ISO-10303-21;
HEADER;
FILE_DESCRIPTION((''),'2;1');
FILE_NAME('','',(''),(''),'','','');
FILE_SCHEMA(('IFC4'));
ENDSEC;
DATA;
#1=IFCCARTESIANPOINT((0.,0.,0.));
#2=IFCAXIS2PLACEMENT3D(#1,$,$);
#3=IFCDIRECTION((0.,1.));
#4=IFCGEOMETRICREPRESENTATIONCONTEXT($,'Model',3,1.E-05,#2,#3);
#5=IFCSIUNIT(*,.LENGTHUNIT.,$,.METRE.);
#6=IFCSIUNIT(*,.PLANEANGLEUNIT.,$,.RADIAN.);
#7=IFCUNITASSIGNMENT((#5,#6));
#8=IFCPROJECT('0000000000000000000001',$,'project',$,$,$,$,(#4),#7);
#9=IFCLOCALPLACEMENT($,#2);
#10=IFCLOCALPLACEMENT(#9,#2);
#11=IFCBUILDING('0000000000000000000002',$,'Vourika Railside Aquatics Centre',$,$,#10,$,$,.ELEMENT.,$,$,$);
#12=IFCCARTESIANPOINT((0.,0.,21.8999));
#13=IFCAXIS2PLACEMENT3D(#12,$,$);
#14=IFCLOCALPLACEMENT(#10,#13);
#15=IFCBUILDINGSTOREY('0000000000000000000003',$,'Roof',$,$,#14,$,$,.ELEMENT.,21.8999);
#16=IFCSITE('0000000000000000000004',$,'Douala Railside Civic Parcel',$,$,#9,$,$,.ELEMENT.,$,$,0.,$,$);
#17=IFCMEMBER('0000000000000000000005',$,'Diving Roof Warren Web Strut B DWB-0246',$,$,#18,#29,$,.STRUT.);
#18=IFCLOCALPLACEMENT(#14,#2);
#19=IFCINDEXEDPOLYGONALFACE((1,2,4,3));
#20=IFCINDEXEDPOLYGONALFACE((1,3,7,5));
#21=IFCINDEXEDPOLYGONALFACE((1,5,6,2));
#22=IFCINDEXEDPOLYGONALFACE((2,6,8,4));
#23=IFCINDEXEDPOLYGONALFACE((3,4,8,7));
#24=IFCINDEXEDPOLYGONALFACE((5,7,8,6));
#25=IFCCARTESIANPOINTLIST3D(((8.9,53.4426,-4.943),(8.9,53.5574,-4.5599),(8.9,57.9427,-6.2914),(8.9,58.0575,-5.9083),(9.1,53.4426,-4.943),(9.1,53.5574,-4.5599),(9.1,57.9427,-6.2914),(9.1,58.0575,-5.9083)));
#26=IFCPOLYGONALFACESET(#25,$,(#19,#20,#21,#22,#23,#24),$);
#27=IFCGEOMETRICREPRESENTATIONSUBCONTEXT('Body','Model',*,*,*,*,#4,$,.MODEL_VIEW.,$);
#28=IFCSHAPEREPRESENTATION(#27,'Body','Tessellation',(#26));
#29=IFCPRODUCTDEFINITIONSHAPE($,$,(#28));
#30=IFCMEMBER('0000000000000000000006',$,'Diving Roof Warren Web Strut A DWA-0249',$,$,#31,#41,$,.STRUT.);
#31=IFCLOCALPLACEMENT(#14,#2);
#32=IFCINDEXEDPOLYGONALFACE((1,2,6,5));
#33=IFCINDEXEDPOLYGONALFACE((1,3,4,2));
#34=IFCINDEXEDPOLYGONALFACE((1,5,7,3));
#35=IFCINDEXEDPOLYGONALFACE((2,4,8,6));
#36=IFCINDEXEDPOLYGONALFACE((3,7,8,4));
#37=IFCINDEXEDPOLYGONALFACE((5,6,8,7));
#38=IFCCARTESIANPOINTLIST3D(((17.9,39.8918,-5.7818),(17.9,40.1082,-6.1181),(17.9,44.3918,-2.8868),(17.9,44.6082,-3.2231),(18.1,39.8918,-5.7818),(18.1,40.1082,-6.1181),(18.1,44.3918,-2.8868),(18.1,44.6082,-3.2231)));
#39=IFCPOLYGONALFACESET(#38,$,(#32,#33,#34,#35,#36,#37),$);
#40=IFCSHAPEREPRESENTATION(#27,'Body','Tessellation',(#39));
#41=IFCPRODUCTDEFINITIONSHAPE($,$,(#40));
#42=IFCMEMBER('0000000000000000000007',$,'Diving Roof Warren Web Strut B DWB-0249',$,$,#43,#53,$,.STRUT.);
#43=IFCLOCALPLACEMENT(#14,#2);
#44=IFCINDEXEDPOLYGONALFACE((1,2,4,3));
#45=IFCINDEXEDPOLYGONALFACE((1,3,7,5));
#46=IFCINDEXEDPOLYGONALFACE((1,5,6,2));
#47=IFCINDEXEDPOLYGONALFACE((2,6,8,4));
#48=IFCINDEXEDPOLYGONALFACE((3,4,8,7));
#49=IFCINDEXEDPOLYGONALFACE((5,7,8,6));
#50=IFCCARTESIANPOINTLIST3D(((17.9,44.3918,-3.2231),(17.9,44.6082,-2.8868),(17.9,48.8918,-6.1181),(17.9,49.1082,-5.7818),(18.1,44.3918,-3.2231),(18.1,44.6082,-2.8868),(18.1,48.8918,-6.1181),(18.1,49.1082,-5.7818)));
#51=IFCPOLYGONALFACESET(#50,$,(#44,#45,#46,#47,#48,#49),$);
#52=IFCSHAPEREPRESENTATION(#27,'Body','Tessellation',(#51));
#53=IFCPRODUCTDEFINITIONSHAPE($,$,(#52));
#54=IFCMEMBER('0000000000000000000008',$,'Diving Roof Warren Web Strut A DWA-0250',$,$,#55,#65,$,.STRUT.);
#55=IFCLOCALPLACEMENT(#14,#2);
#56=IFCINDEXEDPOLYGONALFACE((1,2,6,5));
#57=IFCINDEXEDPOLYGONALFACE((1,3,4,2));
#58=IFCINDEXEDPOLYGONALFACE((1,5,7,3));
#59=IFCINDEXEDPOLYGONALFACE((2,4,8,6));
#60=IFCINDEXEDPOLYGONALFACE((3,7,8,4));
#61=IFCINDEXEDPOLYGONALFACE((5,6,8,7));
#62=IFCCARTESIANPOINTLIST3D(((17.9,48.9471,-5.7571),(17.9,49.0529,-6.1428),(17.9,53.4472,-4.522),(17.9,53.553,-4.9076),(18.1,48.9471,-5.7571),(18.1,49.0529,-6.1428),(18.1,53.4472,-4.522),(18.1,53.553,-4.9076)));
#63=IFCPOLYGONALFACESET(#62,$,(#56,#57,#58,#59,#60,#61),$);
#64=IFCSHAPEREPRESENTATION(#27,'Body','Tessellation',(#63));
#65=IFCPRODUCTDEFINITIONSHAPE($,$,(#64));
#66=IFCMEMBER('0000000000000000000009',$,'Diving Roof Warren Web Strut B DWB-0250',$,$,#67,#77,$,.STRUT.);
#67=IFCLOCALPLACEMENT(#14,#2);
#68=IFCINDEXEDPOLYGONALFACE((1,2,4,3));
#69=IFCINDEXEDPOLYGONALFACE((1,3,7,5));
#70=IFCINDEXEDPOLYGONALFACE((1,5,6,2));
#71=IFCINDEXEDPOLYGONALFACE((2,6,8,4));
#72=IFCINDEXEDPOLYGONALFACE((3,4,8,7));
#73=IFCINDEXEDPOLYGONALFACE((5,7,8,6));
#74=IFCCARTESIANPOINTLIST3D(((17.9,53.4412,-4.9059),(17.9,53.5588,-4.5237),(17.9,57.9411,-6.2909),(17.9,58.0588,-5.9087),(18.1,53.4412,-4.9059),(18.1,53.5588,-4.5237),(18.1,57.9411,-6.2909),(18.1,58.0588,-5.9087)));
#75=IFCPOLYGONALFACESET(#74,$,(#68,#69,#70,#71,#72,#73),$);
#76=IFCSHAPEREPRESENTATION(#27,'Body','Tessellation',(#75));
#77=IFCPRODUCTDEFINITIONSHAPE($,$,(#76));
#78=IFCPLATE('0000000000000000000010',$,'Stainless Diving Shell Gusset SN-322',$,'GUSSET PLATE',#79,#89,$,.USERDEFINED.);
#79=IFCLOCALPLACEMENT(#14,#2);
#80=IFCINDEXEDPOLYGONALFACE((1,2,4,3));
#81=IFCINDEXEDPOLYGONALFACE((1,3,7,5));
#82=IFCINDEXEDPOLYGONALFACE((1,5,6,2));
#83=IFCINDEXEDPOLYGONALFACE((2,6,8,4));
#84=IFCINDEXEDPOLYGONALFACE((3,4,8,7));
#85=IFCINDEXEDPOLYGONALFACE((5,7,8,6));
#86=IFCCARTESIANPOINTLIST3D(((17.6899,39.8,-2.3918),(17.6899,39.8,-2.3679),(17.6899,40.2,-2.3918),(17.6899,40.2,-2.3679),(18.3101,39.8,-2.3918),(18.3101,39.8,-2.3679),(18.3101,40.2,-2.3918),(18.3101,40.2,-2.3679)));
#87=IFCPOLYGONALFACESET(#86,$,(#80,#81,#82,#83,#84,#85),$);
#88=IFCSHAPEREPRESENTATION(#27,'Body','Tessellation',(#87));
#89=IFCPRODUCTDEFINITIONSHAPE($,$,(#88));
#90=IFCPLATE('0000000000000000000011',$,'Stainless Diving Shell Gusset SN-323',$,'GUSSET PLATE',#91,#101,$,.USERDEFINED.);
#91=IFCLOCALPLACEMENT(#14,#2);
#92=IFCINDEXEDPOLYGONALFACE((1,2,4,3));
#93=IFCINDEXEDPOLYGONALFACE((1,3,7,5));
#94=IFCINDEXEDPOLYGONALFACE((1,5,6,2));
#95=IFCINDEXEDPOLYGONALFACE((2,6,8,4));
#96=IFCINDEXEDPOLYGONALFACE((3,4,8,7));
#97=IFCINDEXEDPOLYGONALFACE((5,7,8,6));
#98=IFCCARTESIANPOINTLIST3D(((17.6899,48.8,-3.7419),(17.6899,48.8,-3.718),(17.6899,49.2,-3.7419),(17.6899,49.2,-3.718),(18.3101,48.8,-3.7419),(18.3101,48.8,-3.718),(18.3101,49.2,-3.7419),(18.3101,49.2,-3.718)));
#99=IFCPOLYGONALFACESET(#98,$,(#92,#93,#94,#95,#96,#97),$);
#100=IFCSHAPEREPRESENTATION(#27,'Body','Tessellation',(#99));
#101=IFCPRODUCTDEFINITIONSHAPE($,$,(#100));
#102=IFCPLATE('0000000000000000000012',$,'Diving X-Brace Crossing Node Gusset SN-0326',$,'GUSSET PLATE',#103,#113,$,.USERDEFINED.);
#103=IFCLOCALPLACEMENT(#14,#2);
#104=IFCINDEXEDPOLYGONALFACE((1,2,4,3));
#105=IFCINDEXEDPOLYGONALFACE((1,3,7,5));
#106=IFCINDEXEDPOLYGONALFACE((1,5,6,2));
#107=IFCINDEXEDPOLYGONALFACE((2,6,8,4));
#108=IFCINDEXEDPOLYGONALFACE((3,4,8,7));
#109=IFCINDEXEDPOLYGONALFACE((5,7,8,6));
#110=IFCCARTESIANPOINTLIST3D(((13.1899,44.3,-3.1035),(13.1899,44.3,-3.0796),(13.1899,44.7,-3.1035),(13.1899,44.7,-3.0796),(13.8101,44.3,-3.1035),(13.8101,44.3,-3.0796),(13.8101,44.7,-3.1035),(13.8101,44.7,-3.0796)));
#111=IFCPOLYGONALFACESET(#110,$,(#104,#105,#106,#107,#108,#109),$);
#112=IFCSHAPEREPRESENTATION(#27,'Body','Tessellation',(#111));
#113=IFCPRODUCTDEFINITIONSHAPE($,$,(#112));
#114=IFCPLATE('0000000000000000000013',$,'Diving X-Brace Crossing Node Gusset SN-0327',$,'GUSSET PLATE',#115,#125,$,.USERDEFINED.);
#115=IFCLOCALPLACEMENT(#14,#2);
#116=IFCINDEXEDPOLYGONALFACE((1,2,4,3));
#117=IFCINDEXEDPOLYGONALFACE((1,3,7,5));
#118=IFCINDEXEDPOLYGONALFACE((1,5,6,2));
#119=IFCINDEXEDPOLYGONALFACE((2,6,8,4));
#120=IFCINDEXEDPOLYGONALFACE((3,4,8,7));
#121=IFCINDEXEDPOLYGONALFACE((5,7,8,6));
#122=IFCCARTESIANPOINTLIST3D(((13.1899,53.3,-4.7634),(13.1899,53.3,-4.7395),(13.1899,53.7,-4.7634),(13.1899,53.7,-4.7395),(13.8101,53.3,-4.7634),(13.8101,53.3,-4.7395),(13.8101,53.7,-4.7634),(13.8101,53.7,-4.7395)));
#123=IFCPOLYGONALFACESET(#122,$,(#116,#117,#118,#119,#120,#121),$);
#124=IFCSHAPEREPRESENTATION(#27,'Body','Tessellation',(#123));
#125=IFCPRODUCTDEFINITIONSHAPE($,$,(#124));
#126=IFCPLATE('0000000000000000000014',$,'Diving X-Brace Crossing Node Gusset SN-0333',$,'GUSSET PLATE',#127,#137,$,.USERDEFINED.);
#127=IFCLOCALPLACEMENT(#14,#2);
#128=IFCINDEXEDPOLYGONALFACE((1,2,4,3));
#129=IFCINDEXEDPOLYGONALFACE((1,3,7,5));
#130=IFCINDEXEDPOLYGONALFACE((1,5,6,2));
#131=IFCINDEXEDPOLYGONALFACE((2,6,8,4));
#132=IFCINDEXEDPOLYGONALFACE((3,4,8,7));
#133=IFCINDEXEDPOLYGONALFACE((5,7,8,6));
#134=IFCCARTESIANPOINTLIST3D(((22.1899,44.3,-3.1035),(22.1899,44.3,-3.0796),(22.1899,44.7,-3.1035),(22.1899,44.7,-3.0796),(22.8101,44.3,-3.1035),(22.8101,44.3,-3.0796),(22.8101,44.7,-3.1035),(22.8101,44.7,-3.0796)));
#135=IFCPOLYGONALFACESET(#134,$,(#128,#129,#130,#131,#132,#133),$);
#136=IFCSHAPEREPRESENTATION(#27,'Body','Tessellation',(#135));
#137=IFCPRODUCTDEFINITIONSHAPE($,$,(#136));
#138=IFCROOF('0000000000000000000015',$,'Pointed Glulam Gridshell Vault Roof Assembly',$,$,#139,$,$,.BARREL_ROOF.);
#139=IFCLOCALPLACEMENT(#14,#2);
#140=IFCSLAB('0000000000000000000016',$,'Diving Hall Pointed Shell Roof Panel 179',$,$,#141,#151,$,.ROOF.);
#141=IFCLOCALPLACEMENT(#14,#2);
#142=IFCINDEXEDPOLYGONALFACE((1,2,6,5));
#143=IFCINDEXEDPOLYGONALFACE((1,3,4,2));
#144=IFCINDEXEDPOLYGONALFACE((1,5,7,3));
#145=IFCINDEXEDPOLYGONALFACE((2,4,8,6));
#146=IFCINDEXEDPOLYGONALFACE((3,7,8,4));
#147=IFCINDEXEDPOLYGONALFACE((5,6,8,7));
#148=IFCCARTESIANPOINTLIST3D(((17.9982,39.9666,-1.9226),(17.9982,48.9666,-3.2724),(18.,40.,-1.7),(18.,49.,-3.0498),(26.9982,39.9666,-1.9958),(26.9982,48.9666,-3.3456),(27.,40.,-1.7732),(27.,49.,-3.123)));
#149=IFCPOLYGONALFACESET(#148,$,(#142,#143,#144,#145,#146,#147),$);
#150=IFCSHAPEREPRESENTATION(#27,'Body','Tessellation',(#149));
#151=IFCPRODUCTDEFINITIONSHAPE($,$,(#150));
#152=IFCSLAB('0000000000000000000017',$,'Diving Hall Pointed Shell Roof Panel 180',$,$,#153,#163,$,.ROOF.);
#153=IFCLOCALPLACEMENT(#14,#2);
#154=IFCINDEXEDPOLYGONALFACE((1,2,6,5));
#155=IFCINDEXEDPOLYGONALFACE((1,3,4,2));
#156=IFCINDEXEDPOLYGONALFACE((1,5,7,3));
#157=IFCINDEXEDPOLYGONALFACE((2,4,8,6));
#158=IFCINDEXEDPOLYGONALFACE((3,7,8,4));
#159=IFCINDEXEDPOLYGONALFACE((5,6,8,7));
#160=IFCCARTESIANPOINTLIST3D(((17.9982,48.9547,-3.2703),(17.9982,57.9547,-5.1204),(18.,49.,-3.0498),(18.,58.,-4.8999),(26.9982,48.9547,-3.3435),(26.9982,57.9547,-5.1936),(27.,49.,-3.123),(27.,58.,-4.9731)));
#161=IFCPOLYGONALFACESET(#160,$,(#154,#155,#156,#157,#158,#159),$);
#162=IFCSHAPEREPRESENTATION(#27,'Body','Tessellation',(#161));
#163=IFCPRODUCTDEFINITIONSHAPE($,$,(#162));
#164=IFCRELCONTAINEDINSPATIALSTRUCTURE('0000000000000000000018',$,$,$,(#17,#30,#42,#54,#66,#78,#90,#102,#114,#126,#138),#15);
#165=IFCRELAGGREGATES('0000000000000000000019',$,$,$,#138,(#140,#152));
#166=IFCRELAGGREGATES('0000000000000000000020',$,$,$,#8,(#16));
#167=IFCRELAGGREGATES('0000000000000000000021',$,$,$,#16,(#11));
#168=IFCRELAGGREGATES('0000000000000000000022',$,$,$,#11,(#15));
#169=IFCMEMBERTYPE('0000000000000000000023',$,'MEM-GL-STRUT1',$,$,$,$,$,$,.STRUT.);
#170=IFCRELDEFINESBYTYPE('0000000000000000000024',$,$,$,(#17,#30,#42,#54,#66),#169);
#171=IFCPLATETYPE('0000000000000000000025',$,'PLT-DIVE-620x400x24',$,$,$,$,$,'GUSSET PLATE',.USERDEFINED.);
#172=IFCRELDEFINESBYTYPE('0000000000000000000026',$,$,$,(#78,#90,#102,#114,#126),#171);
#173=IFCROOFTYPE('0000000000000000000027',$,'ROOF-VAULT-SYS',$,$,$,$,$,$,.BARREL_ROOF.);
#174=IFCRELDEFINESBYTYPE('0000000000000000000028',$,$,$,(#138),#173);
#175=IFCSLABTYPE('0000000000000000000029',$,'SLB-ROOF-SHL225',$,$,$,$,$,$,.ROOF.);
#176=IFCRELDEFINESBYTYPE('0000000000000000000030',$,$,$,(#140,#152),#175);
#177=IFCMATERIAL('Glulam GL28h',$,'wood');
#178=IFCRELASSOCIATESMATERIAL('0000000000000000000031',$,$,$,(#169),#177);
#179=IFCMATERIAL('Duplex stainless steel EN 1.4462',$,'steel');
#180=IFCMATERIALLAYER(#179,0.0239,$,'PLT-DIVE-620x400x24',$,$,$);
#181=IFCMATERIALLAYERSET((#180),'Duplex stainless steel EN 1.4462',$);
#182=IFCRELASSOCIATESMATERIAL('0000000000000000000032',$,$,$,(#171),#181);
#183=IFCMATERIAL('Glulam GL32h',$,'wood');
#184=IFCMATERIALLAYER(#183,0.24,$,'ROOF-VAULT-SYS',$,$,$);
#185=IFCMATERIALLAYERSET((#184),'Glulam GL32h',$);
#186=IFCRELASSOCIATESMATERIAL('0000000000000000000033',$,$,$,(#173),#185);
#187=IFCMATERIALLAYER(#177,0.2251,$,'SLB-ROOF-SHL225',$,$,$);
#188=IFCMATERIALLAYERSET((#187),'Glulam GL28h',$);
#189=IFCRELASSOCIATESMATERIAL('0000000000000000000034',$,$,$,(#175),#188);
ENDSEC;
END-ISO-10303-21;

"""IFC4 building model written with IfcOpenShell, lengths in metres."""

from ifc_helpers import new_model, si_unit, direction, frame, origin, origin_2d, place, context, subcontext, project, spatial, polyline, rectangle, outline, extrude, material, layer, layer_set, material_profile, profile_set, type_object, element, aggregate, save


model = new_model("IFC4")

# Units and contexts
model_context = context("Model", 3, precision=1e-05, world=origin(), true_north=direction((0.0, 1.0)))
body_context = subcontext(model_context, "Body", "Model", "MODEL_VIEW")
ifc_project = project(units=[si_unit("LENGTHUNIT", "METRE"), si_unit("PLANEANGLEUNIT", "RADIAN")], contexts=[model_context])

# Site, building, storey
site_placement = place(None, origin())
site = spatial("IfcSite", under=ifc_project, at=site_placement, Name="Douala Railside Civic Parcel", CompositionType="ELEMENT", RefElevation=0.0)
building_placement = place(site_placement, origin())
building = spatial("IfcBuilding", under=site, at=building_placement, Name="Vourika Railside Aquatics Centre", CompositionType="ELEMENT")
storey_placement = place(building_placement, frame((0.0, 0.0, 21.8999)))
storey = spatial("IfcBuildingStorey", under=building, at=storey_placement, Name="Roof", CompositionType="ELEMENT", Elevation=21.8999)

# Shared definitions
ifc_material_1 = material(Name="Glulam GL32h", Category="wood")

# Members
ifc_material_2 = material(Name="Glulam GL28h", Category="wood")
ifc_material_profile_1 = material_profile(ifc_material_2, rectangle(XDim=0.2, YDim=0.3999, at=origin_2d()), Name="GL28h 200x400")
ifc_profile_set_1 = profile_set([ifc_material_profile_1], Name="Glulam GL28h")
member_type_1 = type_object("IfcMemberType", Name="MEM-GL-STRUT1", PredefinedType="STRUT", material=ifc_profile_set_1)
member_1_placement = place(storey_placement, frame((9.0, 53.5, -4.7515), z_axis=(0.0, 0.957921, -0.287033), x_axis=(-1.0, 0.0, 0.0)))
element("IfcMember", 1, at=member_1_placement, inside=storey, type_object=member_type_1, Name="Diving Roof Warren Web Strut B DWB-0246", PredefinedType="STRUT", context=body_context, shape_type="SweptSolid", body=[
    extrude(rectangle(XDim=0.2, YDim=0.3999, at=origin_2d()), origin(), (0.0, 0.0, 1.0), 4.6978),
])
for number, where, z_axis, x_axis, name in (
    (2, (18.0, 40.0, -5.95), (0.0, 0.840995, 0.541044), (-1.0, 0.0, 0.0), "Diving Roof Warren Web Strut A DWA-0249"),
    (3, (18.0, 44.5, -3.0549), (0.0, 0.840995, -0.541044), (-1.0, 0.0, 0.0), "Diving Roof Warren Web Strut B DWB-0249"),
):
    element("IfcMember", number, at=place(storey_placement, frame(where, z_axis=z_axis, x_axis=x_axis)), inside=storey, type_object=member_type_1, Name=name, PredefinedType="STRUT", context=body_context, shape_type="SweptSolid", body=[
        extrude(rectangle(XDim=0.2, YDim=0.3999, at=origin_2d()), origin(), (0.0, 0.0, 1.0), 5.3508),
    ])
member_2_placement = place(storey_placement, frame((18.0, 49.0, -5.95), z_axis=(0.0, 0.964336, 0.26468), x_axis=(-1.0, 0.0, 0.0)))
element("IfcMember", 4, at=member_2_placement, inside=storey, type_object=member_type_1, Name="Diving Roof Warren Web Strut A DWA-0250", PredefinedType="STRUT", context=body_context, shape_type="SweptSolid", body=[
    extrude(rectangle(XDim=0.2, YDim=0.3999, at=origin_2d()), origin(), (0.0, 0.0, 1.0), 4.6665),
])
member_3_placement = place(storey_placement, frame((18.0, 53.5, -4.7148), z_axis=(0.0, 0.955755, -0.294162), x_axis=(-1.0, 0.0, 0.0)))
element("IfcMember", 5, at=member_3_placement, inside=storey, type_object=member_type_1, Name="Diving Roof Warren Web Strut B DWB-0250", PredefinedType="STRUT", context=body_context, shape_type="SweptSolid", body=[
    extrude(rectangle(XDim=0.2, YDim=0.3999, at=origin_2d()), origin(), (0.0, 0.0, 1.0), 4.7083),
])

# Plates
ifc_material_3 = material(Name="Duplex stainless steel EN 1.4462", Category="steel")
ifc_layer_1 = layer(ifc_material_3, 0.0239, Name="PLT-DIVE-620x400x24")
ifc_layer_set_1 = layer_set([ifc_layer_1], Name="Duplex stainless steel EN 1.4462")
plate_type = type_object("IfcPlateType", Name="PLT-DIVE-620x400x24", ElementType="GUSSET PLATE", PredefinedType="USERDEFINED", material=ifc_layer_set_1)
for number, where, z_axis, x_axis, name in (
    (6, (18.0, 40.0, -2.3918), (0.0, 0.0, 1.0), (1.0, 0.0, 0.0), "Stainless Diving Shell Gusset SN-322"),
    (7, (18.0, 49.0, -3.7419), (0.0, 0.0, 1.0), (1.0, 0.0, 0.0), "Stainless Diving Shell Gusset SN-323"),
    (8, (13.5, 44.5, -3.1035), (0.0, 0.0, 1.0), (1.0, 0.0, 0.0), "Diving X-Brace Crossing Node Gusset SN-0326"),
    (9, (13.5, 53.5, -4.7634), (0.0, 0.0, 1.0), (1.0, 0.0, 0.0), "Diving X-Brace Crossing Node Gusset SN-0327"),
    (10, (22.5, 44.5, -3.1035), (0.0, 0.0, 1.0), (1.0, 0.0, 0.0), "Diving X-Brace Crossing Node Gusset SN-0333"),
):
    element("IfcPlate", number, at=place(storey_placement, frame(where, z_axis=z_axis, x_axis=x_axis)), inside=storey, type_object=plate_type, Name=name, ObjectType="GUSSET PLATE", PredefinedType="USERDEFINED", context=body_context, shape_type="SweptSolid", body=[
        extrude(rectangle(XDim=0.6201, YDim=0.3999, at=origin_2d()), origin(), (0.0, 0.0, 1.0), 0.0239),
    ])

# Roof, slabs
ifc_layer_2 = layer(ifc_material_1, 0.24, Name="ROOF-VAULT-SYS")
ifc_layer_set_2 = layer_set([ifc_layer_2], Name="Glulam GL32h")
roof_type = type_object("IfcRoofType", Name="ROOF-VAULT-SYS", PredefinedType="BARREL_ROOF", material=ifc_layer_set_2)
roof_placement = place(storey_placement, origin())
roof = element("IfcRoof", 11, at=roof_placement, inside=storey, type_object=roof_type, Name="Pointed Glulam Gridshell Vault Roof Assembly", PredefinedType="BARREL_ROOF")
ifc_layer_3 = layer(ifc_material_2, 0.2251, Name="SLB-ROOF-SHL225")
ifc_layer_set_3 = layer_set([ifc_layer_3], Name="Glulam GL28h")
slab_type = type_object("IfcSlabType", Name="SLB-ROOF-SHL225", PredefinedType="ROOF", material=ifc_layer_set_3)
slab_1_placement = place(storey_placement, frame((18.0, 40.0, -1.7), z_axis=(0.008048, 0.14832, 0.988907), x_axis=(0.999967, 0.0, -0.008138)))
slab_1 = element("IfcSlab", 12, at=slab_1_placement, type_object=slab_type, Name="Diving Hall Pointed Shell Roof Panel 179", PredefinedType="ROOF", context=body_context, shape_type="SweptSolid", body=[
    extrude(outline(polyline([(0.0, 0.0), (9.0003, 0.0), (9.0113, 9.1007), (0.011, 9.1007), (0.0, 0.0)])), origin(), (0.0, 0.0, -1.0), 0.2251),
])
slab_2_placement = place(storey_placement, frame((18.0, 49.0, -3.0498), z_axis=(0.007971, 0.20135, 0.979487), x_axis=(0.999967, 0.0, -0.008138)))
slab_2 = element("IfcSlab", 13, at=slab_2_placement, type_object=slab_type, Name="Diving Hall Pointed Shell Roof Panel 180", PredefinedType="ROOF", context=body_context, shape_type="SweptSolid", body=[
    extrude(outline(polyline([(0.0, 0.0), (9.0003, 0.0), (9.0154, 9.1882), (0.0151, 9.1882), (0.0, 0.0)])), origin(), (0.0, 0.0, -1.0), 0.2251),
])
aggregate(roof, [slab_1, slab_2])

save(model, "model.ifc")
